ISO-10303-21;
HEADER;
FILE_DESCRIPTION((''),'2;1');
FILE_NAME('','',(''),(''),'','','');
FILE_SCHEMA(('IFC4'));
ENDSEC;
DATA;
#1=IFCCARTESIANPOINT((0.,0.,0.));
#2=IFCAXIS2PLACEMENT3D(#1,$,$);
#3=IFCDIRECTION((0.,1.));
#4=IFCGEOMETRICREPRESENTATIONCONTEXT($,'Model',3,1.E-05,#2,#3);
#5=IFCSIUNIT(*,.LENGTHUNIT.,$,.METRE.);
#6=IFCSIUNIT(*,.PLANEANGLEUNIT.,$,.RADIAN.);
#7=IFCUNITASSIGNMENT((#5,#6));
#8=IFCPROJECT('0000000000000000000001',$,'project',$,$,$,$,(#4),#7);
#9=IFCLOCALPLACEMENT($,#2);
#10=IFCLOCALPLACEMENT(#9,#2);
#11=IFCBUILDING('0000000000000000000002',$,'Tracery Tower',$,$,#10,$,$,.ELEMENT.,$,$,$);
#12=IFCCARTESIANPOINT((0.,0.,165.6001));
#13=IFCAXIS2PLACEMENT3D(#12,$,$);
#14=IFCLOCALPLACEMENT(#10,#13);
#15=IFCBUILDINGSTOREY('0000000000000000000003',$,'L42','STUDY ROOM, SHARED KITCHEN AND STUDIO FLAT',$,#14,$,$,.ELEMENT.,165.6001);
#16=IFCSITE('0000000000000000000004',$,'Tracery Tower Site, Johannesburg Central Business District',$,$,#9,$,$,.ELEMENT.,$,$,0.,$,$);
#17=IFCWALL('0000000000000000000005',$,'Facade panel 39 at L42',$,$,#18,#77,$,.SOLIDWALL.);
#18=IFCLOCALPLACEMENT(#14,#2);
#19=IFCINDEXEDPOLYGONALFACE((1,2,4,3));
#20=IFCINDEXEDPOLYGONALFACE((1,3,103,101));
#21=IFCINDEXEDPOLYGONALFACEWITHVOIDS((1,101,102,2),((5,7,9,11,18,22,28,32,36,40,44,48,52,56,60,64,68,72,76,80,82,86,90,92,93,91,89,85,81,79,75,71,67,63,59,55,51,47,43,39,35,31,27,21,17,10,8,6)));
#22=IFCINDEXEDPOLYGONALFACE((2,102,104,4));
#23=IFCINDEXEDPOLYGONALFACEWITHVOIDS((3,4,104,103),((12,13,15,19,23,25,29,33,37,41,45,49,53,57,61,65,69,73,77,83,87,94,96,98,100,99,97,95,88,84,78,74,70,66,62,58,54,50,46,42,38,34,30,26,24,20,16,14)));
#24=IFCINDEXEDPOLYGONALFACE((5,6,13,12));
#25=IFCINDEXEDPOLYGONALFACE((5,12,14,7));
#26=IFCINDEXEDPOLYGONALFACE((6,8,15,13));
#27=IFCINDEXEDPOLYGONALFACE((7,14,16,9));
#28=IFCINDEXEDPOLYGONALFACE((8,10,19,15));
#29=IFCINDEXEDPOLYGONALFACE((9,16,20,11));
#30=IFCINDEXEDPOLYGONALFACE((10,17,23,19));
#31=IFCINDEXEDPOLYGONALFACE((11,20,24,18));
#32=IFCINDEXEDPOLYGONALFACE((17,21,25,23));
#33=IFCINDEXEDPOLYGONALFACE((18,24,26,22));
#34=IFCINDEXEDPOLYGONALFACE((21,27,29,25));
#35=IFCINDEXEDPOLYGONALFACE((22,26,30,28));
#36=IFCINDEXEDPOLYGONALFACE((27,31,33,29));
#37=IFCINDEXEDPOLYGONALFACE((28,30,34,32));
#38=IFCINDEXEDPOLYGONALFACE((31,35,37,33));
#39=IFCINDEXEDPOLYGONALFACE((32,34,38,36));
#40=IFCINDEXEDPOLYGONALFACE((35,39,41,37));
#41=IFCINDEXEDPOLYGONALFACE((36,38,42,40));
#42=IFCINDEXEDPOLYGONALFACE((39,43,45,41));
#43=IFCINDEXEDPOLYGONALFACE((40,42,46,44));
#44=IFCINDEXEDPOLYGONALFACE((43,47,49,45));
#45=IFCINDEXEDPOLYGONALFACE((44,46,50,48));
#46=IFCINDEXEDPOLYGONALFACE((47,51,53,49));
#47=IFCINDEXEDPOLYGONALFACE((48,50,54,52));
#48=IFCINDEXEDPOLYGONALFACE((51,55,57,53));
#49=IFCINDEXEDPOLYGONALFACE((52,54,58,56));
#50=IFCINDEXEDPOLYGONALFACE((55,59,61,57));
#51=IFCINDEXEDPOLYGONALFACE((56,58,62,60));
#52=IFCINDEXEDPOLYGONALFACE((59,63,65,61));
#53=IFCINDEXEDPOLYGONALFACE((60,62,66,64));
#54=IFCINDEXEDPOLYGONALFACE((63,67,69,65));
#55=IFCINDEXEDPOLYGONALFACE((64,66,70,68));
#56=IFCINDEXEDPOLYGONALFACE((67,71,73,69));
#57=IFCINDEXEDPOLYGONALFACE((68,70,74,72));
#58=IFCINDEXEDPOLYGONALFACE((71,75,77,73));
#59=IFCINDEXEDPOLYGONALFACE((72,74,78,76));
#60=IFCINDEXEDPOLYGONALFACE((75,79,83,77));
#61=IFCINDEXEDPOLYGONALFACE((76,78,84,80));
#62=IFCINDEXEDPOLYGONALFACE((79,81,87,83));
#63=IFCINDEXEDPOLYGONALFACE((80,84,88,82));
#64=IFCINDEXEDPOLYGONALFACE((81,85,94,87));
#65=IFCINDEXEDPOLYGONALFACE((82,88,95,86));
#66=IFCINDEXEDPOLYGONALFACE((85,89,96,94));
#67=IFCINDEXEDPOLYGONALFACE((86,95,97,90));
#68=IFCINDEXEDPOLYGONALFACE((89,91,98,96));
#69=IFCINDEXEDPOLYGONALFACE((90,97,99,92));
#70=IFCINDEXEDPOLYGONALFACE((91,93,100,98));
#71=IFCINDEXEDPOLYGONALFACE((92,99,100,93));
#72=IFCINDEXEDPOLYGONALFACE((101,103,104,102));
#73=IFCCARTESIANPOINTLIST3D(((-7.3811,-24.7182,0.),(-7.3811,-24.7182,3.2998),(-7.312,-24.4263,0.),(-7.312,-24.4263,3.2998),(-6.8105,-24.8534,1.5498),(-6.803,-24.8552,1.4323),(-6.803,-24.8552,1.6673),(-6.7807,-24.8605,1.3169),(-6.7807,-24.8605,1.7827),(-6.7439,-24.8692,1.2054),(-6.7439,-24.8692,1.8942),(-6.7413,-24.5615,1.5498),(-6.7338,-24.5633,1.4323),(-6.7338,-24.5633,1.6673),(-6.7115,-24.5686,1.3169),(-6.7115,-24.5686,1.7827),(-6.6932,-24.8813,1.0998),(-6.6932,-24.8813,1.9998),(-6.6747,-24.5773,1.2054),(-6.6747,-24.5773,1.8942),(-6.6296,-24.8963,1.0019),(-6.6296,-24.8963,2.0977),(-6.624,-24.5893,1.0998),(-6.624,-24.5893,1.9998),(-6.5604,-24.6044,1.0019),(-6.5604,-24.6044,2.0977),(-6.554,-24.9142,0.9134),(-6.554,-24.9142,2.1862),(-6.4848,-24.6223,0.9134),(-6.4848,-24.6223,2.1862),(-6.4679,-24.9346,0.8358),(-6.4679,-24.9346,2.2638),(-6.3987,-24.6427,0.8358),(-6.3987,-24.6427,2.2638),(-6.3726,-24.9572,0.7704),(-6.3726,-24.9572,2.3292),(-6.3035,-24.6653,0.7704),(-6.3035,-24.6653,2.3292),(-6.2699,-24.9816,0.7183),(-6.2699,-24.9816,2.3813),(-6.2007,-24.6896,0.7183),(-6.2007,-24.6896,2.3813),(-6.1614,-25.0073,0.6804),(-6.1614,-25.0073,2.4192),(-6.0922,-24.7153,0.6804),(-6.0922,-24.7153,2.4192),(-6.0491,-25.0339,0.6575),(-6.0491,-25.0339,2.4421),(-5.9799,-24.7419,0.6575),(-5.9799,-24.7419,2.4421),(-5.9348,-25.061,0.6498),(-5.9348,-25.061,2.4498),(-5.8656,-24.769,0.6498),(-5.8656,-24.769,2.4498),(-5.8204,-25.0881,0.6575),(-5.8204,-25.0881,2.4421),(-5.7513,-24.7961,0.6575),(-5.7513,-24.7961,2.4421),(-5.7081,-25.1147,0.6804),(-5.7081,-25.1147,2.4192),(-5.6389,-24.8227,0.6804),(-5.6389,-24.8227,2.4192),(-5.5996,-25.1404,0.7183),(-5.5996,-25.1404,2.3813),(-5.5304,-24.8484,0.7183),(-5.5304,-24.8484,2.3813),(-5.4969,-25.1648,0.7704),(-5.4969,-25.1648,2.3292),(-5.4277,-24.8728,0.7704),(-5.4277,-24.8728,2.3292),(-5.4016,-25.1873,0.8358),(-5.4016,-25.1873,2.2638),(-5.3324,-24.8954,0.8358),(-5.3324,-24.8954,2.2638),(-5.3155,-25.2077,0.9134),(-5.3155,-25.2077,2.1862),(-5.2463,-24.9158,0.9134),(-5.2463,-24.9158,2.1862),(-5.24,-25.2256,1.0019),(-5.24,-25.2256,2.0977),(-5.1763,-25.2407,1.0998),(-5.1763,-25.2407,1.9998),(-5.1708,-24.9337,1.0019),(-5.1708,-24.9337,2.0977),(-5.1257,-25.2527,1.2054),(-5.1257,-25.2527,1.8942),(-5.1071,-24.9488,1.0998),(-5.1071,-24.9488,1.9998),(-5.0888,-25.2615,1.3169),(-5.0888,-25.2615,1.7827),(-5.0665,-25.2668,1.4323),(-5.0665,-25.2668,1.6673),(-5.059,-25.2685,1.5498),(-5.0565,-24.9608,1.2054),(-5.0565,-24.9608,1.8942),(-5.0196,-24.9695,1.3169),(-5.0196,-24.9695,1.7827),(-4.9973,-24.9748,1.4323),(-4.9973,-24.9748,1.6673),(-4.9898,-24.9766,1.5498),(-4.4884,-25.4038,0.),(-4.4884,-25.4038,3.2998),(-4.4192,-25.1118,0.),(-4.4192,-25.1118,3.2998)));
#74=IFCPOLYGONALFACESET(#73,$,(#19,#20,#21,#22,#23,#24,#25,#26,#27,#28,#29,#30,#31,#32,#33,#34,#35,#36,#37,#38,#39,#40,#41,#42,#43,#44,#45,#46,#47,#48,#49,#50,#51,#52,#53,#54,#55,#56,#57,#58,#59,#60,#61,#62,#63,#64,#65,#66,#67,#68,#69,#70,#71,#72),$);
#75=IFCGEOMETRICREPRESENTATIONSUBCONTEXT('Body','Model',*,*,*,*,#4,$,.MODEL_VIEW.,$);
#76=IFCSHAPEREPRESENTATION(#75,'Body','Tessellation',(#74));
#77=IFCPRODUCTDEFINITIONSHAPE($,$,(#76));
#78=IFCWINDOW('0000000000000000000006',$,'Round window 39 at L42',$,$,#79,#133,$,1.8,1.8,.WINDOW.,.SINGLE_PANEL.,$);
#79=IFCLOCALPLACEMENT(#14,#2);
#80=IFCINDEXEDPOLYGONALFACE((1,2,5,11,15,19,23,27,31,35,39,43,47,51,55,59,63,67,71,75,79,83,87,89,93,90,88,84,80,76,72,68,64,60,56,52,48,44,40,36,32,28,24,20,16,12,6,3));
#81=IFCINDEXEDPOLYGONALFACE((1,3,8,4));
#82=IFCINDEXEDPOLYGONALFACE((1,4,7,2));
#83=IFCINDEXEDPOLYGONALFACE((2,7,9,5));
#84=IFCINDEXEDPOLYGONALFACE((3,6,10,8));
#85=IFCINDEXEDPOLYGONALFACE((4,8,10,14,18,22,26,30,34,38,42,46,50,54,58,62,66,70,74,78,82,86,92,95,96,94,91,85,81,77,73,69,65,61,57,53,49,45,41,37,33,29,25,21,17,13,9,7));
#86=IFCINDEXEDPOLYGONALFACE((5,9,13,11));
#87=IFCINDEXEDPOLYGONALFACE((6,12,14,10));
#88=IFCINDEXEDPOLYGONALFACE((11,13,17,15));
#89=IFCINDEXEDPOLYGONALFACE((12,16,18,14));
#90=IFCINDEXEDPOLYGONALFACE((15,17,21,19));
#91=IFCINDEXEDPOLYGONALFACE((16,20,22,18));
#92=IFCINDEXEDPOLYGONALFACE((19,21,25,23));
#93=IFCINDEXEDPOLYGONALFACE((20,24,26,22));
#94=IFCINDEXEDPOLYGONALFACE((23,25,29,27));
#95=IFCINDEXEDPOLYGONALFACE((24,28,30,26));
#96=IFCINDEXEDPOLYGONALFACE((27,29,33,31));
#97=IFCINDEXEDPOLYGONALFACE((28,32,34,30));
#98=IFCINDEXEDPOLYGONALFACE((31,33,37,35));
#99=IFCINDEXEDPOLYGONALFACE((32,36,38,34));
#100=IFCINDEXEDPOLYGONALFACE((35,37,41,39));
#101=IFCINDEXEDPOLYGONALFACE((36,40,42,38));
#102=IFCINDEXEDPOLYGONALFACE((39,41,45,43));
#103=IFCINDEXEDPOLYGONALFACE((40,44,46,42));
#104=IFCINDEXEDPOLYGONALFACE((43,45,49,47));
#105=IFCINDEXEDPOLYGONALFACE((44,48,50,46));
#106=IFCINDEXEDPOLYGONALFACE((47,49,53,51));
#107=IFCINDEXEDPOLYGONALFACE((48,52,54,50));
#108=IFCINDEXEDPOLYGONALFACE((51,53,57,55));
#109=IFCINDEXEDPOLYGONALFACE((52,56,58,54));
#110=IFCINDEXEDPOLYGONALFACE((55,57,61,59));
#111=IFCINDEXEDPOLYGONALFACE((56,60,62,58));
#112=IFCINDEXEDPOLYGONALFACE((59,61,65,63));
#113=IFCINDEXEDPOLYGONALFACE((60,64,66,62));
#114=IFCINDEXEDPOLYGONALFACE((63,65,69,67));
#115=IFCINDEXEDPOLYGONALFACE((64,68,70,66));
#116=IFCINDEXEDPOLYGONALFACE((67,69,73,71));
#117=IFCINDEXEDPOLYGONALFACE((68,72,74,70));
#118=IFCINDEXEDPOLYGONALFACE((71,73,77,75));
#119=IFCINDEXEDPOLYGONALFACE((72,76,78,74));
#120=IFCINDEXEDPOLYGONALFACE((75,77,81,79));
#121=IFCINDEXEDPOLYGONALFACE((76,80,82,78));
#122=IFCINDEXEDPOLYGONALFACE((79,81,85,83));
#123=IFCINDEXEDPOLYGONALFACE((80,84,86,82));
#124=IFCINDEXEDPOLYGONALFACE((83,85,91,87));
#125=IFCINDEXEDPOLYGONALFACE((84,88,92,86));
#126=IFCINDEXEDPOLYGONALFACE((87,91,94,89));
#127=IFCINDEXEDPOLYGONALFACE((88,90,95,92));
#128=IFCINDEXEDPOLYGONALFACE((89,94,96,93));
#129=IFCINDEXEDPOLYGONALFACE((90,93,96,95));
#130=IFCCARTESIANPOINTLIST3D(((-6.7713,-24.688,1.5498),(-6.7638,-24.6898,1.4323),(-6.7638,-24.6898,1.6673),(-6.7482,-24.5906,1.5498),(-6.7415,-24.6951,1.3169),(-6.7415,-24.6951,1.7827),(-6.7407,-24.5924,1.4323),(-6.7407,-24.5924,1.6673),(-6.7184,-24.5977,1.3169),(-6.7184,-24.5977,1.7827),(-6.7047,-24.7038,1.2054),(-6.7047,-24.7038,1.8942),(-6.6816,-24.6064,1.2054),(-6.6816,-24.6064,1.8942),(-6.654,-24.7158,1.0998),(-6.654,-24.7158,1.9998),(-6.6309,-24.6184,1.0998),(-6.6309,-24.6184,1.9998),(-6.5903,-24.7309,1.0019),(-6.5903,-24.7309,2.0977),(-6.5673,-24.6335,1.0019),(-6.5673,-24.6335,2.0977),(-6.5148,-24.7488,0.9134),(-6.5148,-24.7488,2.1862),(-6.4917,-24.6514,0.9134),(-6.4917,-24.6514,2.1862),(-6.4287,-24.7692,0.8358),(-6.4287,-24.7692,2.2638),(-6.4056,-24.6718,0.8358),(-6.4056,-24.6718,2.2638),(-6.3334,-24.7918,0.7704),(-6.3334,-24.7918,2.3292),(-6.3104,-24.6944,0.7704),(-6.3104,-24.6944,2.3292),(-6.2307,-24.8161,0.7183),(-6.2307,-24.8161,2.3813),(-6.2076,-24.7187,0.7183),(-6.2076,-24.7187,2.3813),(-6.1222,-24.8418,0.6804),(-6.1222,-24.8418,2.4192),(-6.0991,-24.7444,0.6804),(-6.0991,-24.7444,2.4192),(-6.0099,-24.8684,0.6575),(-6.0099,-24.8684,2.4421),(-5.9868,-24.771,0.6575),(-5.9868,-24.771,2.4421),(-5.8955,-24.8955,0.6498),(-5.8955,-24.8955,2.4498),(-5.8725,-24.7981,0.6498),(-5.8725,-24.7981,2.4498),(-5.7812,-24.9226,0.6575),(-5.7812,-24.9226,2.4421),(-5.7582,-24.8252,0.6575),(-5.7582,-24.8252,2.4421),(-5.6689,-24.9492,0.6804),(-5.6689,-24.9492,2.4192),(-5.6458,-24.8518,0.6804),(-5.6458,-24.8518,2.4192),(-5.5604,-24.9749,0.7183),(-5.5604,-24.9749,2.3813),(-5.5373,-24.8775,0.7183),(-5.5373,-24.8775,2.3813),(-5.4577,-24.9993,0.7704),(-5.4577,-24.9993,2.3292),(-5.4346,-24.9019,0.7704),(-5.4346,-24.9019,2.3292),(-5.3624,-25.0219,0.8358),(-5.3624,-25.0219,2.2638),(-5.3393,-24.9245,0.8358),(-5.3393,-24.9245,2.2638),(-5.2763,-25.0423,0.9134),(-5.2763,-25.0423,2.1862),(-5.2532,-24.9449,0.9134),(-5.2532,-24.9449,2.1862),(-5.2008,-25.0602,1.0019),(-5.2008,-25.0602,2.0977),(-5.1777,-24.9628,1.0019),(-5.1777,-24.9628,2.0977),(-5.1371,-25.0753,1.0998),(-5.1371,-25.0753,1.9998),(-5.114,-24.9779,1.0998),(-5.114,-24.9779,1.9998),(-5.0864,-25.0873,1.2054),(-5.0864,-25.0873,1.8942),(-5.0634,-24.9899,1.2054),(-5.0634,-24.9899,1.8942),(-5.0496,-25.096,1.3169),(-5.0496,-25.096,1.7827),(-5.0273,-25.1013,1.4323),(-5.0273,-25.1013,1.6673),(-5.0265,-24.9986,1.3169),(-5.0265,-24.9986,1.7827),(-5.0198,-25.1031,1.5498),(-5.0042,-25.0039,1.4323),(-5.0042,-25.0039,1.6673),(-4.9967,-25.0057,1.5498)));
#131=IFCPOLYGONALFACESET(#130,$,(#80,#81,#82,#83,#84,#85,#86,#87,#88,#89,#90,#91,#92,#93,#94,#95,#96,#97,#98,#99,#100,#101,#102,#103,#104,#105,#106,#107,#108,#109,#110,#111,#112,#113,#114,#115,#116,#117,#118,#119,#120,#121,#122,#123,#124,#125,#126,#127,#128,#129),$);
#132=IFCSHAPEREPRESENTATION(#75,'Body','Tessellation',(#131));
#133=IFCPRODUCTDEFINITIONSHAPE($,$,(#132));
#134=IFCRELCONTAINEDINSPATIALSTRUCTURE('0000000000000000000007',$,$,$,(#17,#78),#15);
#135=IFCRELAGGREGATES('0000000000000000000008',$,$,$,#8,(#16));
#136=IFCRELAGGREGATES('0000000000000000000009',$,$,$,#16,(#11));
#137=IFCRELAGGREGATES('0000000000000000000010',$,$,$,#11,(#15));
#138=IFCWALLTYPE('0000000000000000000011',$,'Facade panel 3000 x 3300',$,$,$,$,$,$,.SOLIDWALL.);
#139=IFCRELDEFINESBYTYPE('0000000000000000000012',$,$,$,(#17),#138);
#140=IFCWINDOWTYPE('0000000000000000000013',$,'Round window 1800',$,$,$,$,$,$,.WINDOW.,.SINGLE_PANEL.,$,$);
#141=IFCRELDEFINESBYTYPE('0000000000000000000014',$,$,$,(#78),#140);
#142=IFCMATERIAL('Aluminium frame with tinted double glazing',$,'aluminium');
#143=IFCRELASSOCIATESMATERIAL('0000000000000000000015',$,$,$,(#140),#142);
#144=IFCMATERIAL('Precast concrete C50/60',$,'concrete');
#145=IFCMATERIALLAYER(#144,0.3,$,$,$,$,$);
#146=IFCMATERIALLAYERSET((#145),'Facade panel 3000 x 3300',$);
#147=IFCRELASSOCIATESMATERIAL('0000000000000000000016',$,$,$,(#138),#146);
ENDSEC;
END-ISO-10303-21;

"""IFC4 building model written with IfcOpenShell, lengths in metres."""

from ifc_helpers import new_model, si_unit, direction, frame, frame_2d, origin, origin_2d, place, context, subcontext, project, spatial, rectangle, circle, extrude, material, layer, layer_set, type_object, element, fill, save


model = new_model("IFC4")

# Units and contexts
model_context = context("Model", 3, precision=1e-05, world=origin(), true_north=direction((0.0, 1.0)))
body_context = subcontext(model_context, "Body", "Model", "MODEL_VIEW")
ifc_project = project(units=[si_unit("LENGTHUNIT", "METRE"), si_unit("PLANEANGLEUNIT", "RADIAN")], contexts=[model_context])

# Site, building, storey
site_placement = place(None, origin())
site = spatial("IfcSite", under=ifc_project, at=site_placement, Name="Tracery Tower Site, Johannesburg Central Business District", CompositionType="ELEMENT", RefElevation=0.0)
building_placement = place(site_placement, origin())
building = spatial("IfcBuilding", under=site, at=building_placement, Name="Tracery Tower", CompositionType="ELEMENT")
storey_placement = place(building_placement, frame((0.0, 0.0, 165.6001)))
storey = spatial("IfcBuildingStorey", under=building, at=storey_placement, Name="L42", Description="STUDY ROOM, SHARED KITCHEN AND STUDIO FLAT", CompositionType="ELEMENT", Elevation=165.6001)

# Wall, opening, window
ifc_material_1 = material(Name="Aluminium frame with tinted double glazing", Category="aluminium")
window_type = type_object("IfcWindowType", Name="Round window 1800", PartitioningType="SINGLE_PANEL", PredefinedType="WINDOW", material=ifc_material_1)
ifc_material_2 = material(Name="Precast concrete C50/60", Category="concrete")
ifc_layer_1 = layer(ifc_material_2, 0.3)
ifc_layer_set_1 = layer_set([ifc_layer_1], Name="Facade panel 3000 x 3300")
wall_type_1 = type_object("IfcWallType", Name="Facade panel 3000 x 3300", PredefinedType="SOLIDWALL", material=ifc_layer_set_1)
wall_1_placement = place(storey_placement, frame((-7.3464, -24.5723, 0.0), z_axis=(0.0, 0.0, 1.0), x_axis=(0.97305, -0.230595, 0.0)))
wall_1 = element("IfcWall", 1, at=wall_1_placement, inside=storey, type_object=wall_type_1, Name="Facade panel 39 at L42", PredefinedType="SOLIDWALL", context=body_context, shape_type="SweptSolid", body=[
    extrude(rectangle(XDim=2.9729, YDim=0.3, at=frame_2d((1.4863, 0.0))), origin(), (0.0, 0.0, 1.0), 3.2998),
])
opening_1_placement = place(wall_1_placement, frame((1.4863, 0.0, 1.5498)))
opening_1 = element("IfcOpeningElement", 2, at=opening_1_placement, cuts=wall_1, PredefinedType="OPENING", context=body_context, shape_type="SweptSolid", body=[
    extrude(circle(Radius=0.9, at=origin_2d()), frame((0.0, 0.1599, 0.0), z_axis=(0.0, -1.0, 0.0), x_axis=(1.0, 0.0, 0.0)), (0.0, 0.0, 1.0), 0.3201),
])
window_1_placement = place(opening_1_placement, origin())
window_1 = element("IfcWindow", 3, at=window_1_placement, inside=storey, type_object=window_type, Name="Round window 39 at L42", OverallHeight=1.8, OverallWidth=1.8, PartitioningType="SINGLE_PANEL", PredefinedType="WINDOW", context=body_context, shape_type="SweptSolid", body=[
    extrude(circle(Radius=0.9, at=origin_2d()), frame((0.0, 0.1201, 0.0), z_axis=(0.0, -1.0, 0.0), x_axis=(1.0, 0.0, 0.0)), (0.0, 0.0, 1.0), 0.1001),
])
fill(opening_1, window_1)

save(model, "model.ifc")
